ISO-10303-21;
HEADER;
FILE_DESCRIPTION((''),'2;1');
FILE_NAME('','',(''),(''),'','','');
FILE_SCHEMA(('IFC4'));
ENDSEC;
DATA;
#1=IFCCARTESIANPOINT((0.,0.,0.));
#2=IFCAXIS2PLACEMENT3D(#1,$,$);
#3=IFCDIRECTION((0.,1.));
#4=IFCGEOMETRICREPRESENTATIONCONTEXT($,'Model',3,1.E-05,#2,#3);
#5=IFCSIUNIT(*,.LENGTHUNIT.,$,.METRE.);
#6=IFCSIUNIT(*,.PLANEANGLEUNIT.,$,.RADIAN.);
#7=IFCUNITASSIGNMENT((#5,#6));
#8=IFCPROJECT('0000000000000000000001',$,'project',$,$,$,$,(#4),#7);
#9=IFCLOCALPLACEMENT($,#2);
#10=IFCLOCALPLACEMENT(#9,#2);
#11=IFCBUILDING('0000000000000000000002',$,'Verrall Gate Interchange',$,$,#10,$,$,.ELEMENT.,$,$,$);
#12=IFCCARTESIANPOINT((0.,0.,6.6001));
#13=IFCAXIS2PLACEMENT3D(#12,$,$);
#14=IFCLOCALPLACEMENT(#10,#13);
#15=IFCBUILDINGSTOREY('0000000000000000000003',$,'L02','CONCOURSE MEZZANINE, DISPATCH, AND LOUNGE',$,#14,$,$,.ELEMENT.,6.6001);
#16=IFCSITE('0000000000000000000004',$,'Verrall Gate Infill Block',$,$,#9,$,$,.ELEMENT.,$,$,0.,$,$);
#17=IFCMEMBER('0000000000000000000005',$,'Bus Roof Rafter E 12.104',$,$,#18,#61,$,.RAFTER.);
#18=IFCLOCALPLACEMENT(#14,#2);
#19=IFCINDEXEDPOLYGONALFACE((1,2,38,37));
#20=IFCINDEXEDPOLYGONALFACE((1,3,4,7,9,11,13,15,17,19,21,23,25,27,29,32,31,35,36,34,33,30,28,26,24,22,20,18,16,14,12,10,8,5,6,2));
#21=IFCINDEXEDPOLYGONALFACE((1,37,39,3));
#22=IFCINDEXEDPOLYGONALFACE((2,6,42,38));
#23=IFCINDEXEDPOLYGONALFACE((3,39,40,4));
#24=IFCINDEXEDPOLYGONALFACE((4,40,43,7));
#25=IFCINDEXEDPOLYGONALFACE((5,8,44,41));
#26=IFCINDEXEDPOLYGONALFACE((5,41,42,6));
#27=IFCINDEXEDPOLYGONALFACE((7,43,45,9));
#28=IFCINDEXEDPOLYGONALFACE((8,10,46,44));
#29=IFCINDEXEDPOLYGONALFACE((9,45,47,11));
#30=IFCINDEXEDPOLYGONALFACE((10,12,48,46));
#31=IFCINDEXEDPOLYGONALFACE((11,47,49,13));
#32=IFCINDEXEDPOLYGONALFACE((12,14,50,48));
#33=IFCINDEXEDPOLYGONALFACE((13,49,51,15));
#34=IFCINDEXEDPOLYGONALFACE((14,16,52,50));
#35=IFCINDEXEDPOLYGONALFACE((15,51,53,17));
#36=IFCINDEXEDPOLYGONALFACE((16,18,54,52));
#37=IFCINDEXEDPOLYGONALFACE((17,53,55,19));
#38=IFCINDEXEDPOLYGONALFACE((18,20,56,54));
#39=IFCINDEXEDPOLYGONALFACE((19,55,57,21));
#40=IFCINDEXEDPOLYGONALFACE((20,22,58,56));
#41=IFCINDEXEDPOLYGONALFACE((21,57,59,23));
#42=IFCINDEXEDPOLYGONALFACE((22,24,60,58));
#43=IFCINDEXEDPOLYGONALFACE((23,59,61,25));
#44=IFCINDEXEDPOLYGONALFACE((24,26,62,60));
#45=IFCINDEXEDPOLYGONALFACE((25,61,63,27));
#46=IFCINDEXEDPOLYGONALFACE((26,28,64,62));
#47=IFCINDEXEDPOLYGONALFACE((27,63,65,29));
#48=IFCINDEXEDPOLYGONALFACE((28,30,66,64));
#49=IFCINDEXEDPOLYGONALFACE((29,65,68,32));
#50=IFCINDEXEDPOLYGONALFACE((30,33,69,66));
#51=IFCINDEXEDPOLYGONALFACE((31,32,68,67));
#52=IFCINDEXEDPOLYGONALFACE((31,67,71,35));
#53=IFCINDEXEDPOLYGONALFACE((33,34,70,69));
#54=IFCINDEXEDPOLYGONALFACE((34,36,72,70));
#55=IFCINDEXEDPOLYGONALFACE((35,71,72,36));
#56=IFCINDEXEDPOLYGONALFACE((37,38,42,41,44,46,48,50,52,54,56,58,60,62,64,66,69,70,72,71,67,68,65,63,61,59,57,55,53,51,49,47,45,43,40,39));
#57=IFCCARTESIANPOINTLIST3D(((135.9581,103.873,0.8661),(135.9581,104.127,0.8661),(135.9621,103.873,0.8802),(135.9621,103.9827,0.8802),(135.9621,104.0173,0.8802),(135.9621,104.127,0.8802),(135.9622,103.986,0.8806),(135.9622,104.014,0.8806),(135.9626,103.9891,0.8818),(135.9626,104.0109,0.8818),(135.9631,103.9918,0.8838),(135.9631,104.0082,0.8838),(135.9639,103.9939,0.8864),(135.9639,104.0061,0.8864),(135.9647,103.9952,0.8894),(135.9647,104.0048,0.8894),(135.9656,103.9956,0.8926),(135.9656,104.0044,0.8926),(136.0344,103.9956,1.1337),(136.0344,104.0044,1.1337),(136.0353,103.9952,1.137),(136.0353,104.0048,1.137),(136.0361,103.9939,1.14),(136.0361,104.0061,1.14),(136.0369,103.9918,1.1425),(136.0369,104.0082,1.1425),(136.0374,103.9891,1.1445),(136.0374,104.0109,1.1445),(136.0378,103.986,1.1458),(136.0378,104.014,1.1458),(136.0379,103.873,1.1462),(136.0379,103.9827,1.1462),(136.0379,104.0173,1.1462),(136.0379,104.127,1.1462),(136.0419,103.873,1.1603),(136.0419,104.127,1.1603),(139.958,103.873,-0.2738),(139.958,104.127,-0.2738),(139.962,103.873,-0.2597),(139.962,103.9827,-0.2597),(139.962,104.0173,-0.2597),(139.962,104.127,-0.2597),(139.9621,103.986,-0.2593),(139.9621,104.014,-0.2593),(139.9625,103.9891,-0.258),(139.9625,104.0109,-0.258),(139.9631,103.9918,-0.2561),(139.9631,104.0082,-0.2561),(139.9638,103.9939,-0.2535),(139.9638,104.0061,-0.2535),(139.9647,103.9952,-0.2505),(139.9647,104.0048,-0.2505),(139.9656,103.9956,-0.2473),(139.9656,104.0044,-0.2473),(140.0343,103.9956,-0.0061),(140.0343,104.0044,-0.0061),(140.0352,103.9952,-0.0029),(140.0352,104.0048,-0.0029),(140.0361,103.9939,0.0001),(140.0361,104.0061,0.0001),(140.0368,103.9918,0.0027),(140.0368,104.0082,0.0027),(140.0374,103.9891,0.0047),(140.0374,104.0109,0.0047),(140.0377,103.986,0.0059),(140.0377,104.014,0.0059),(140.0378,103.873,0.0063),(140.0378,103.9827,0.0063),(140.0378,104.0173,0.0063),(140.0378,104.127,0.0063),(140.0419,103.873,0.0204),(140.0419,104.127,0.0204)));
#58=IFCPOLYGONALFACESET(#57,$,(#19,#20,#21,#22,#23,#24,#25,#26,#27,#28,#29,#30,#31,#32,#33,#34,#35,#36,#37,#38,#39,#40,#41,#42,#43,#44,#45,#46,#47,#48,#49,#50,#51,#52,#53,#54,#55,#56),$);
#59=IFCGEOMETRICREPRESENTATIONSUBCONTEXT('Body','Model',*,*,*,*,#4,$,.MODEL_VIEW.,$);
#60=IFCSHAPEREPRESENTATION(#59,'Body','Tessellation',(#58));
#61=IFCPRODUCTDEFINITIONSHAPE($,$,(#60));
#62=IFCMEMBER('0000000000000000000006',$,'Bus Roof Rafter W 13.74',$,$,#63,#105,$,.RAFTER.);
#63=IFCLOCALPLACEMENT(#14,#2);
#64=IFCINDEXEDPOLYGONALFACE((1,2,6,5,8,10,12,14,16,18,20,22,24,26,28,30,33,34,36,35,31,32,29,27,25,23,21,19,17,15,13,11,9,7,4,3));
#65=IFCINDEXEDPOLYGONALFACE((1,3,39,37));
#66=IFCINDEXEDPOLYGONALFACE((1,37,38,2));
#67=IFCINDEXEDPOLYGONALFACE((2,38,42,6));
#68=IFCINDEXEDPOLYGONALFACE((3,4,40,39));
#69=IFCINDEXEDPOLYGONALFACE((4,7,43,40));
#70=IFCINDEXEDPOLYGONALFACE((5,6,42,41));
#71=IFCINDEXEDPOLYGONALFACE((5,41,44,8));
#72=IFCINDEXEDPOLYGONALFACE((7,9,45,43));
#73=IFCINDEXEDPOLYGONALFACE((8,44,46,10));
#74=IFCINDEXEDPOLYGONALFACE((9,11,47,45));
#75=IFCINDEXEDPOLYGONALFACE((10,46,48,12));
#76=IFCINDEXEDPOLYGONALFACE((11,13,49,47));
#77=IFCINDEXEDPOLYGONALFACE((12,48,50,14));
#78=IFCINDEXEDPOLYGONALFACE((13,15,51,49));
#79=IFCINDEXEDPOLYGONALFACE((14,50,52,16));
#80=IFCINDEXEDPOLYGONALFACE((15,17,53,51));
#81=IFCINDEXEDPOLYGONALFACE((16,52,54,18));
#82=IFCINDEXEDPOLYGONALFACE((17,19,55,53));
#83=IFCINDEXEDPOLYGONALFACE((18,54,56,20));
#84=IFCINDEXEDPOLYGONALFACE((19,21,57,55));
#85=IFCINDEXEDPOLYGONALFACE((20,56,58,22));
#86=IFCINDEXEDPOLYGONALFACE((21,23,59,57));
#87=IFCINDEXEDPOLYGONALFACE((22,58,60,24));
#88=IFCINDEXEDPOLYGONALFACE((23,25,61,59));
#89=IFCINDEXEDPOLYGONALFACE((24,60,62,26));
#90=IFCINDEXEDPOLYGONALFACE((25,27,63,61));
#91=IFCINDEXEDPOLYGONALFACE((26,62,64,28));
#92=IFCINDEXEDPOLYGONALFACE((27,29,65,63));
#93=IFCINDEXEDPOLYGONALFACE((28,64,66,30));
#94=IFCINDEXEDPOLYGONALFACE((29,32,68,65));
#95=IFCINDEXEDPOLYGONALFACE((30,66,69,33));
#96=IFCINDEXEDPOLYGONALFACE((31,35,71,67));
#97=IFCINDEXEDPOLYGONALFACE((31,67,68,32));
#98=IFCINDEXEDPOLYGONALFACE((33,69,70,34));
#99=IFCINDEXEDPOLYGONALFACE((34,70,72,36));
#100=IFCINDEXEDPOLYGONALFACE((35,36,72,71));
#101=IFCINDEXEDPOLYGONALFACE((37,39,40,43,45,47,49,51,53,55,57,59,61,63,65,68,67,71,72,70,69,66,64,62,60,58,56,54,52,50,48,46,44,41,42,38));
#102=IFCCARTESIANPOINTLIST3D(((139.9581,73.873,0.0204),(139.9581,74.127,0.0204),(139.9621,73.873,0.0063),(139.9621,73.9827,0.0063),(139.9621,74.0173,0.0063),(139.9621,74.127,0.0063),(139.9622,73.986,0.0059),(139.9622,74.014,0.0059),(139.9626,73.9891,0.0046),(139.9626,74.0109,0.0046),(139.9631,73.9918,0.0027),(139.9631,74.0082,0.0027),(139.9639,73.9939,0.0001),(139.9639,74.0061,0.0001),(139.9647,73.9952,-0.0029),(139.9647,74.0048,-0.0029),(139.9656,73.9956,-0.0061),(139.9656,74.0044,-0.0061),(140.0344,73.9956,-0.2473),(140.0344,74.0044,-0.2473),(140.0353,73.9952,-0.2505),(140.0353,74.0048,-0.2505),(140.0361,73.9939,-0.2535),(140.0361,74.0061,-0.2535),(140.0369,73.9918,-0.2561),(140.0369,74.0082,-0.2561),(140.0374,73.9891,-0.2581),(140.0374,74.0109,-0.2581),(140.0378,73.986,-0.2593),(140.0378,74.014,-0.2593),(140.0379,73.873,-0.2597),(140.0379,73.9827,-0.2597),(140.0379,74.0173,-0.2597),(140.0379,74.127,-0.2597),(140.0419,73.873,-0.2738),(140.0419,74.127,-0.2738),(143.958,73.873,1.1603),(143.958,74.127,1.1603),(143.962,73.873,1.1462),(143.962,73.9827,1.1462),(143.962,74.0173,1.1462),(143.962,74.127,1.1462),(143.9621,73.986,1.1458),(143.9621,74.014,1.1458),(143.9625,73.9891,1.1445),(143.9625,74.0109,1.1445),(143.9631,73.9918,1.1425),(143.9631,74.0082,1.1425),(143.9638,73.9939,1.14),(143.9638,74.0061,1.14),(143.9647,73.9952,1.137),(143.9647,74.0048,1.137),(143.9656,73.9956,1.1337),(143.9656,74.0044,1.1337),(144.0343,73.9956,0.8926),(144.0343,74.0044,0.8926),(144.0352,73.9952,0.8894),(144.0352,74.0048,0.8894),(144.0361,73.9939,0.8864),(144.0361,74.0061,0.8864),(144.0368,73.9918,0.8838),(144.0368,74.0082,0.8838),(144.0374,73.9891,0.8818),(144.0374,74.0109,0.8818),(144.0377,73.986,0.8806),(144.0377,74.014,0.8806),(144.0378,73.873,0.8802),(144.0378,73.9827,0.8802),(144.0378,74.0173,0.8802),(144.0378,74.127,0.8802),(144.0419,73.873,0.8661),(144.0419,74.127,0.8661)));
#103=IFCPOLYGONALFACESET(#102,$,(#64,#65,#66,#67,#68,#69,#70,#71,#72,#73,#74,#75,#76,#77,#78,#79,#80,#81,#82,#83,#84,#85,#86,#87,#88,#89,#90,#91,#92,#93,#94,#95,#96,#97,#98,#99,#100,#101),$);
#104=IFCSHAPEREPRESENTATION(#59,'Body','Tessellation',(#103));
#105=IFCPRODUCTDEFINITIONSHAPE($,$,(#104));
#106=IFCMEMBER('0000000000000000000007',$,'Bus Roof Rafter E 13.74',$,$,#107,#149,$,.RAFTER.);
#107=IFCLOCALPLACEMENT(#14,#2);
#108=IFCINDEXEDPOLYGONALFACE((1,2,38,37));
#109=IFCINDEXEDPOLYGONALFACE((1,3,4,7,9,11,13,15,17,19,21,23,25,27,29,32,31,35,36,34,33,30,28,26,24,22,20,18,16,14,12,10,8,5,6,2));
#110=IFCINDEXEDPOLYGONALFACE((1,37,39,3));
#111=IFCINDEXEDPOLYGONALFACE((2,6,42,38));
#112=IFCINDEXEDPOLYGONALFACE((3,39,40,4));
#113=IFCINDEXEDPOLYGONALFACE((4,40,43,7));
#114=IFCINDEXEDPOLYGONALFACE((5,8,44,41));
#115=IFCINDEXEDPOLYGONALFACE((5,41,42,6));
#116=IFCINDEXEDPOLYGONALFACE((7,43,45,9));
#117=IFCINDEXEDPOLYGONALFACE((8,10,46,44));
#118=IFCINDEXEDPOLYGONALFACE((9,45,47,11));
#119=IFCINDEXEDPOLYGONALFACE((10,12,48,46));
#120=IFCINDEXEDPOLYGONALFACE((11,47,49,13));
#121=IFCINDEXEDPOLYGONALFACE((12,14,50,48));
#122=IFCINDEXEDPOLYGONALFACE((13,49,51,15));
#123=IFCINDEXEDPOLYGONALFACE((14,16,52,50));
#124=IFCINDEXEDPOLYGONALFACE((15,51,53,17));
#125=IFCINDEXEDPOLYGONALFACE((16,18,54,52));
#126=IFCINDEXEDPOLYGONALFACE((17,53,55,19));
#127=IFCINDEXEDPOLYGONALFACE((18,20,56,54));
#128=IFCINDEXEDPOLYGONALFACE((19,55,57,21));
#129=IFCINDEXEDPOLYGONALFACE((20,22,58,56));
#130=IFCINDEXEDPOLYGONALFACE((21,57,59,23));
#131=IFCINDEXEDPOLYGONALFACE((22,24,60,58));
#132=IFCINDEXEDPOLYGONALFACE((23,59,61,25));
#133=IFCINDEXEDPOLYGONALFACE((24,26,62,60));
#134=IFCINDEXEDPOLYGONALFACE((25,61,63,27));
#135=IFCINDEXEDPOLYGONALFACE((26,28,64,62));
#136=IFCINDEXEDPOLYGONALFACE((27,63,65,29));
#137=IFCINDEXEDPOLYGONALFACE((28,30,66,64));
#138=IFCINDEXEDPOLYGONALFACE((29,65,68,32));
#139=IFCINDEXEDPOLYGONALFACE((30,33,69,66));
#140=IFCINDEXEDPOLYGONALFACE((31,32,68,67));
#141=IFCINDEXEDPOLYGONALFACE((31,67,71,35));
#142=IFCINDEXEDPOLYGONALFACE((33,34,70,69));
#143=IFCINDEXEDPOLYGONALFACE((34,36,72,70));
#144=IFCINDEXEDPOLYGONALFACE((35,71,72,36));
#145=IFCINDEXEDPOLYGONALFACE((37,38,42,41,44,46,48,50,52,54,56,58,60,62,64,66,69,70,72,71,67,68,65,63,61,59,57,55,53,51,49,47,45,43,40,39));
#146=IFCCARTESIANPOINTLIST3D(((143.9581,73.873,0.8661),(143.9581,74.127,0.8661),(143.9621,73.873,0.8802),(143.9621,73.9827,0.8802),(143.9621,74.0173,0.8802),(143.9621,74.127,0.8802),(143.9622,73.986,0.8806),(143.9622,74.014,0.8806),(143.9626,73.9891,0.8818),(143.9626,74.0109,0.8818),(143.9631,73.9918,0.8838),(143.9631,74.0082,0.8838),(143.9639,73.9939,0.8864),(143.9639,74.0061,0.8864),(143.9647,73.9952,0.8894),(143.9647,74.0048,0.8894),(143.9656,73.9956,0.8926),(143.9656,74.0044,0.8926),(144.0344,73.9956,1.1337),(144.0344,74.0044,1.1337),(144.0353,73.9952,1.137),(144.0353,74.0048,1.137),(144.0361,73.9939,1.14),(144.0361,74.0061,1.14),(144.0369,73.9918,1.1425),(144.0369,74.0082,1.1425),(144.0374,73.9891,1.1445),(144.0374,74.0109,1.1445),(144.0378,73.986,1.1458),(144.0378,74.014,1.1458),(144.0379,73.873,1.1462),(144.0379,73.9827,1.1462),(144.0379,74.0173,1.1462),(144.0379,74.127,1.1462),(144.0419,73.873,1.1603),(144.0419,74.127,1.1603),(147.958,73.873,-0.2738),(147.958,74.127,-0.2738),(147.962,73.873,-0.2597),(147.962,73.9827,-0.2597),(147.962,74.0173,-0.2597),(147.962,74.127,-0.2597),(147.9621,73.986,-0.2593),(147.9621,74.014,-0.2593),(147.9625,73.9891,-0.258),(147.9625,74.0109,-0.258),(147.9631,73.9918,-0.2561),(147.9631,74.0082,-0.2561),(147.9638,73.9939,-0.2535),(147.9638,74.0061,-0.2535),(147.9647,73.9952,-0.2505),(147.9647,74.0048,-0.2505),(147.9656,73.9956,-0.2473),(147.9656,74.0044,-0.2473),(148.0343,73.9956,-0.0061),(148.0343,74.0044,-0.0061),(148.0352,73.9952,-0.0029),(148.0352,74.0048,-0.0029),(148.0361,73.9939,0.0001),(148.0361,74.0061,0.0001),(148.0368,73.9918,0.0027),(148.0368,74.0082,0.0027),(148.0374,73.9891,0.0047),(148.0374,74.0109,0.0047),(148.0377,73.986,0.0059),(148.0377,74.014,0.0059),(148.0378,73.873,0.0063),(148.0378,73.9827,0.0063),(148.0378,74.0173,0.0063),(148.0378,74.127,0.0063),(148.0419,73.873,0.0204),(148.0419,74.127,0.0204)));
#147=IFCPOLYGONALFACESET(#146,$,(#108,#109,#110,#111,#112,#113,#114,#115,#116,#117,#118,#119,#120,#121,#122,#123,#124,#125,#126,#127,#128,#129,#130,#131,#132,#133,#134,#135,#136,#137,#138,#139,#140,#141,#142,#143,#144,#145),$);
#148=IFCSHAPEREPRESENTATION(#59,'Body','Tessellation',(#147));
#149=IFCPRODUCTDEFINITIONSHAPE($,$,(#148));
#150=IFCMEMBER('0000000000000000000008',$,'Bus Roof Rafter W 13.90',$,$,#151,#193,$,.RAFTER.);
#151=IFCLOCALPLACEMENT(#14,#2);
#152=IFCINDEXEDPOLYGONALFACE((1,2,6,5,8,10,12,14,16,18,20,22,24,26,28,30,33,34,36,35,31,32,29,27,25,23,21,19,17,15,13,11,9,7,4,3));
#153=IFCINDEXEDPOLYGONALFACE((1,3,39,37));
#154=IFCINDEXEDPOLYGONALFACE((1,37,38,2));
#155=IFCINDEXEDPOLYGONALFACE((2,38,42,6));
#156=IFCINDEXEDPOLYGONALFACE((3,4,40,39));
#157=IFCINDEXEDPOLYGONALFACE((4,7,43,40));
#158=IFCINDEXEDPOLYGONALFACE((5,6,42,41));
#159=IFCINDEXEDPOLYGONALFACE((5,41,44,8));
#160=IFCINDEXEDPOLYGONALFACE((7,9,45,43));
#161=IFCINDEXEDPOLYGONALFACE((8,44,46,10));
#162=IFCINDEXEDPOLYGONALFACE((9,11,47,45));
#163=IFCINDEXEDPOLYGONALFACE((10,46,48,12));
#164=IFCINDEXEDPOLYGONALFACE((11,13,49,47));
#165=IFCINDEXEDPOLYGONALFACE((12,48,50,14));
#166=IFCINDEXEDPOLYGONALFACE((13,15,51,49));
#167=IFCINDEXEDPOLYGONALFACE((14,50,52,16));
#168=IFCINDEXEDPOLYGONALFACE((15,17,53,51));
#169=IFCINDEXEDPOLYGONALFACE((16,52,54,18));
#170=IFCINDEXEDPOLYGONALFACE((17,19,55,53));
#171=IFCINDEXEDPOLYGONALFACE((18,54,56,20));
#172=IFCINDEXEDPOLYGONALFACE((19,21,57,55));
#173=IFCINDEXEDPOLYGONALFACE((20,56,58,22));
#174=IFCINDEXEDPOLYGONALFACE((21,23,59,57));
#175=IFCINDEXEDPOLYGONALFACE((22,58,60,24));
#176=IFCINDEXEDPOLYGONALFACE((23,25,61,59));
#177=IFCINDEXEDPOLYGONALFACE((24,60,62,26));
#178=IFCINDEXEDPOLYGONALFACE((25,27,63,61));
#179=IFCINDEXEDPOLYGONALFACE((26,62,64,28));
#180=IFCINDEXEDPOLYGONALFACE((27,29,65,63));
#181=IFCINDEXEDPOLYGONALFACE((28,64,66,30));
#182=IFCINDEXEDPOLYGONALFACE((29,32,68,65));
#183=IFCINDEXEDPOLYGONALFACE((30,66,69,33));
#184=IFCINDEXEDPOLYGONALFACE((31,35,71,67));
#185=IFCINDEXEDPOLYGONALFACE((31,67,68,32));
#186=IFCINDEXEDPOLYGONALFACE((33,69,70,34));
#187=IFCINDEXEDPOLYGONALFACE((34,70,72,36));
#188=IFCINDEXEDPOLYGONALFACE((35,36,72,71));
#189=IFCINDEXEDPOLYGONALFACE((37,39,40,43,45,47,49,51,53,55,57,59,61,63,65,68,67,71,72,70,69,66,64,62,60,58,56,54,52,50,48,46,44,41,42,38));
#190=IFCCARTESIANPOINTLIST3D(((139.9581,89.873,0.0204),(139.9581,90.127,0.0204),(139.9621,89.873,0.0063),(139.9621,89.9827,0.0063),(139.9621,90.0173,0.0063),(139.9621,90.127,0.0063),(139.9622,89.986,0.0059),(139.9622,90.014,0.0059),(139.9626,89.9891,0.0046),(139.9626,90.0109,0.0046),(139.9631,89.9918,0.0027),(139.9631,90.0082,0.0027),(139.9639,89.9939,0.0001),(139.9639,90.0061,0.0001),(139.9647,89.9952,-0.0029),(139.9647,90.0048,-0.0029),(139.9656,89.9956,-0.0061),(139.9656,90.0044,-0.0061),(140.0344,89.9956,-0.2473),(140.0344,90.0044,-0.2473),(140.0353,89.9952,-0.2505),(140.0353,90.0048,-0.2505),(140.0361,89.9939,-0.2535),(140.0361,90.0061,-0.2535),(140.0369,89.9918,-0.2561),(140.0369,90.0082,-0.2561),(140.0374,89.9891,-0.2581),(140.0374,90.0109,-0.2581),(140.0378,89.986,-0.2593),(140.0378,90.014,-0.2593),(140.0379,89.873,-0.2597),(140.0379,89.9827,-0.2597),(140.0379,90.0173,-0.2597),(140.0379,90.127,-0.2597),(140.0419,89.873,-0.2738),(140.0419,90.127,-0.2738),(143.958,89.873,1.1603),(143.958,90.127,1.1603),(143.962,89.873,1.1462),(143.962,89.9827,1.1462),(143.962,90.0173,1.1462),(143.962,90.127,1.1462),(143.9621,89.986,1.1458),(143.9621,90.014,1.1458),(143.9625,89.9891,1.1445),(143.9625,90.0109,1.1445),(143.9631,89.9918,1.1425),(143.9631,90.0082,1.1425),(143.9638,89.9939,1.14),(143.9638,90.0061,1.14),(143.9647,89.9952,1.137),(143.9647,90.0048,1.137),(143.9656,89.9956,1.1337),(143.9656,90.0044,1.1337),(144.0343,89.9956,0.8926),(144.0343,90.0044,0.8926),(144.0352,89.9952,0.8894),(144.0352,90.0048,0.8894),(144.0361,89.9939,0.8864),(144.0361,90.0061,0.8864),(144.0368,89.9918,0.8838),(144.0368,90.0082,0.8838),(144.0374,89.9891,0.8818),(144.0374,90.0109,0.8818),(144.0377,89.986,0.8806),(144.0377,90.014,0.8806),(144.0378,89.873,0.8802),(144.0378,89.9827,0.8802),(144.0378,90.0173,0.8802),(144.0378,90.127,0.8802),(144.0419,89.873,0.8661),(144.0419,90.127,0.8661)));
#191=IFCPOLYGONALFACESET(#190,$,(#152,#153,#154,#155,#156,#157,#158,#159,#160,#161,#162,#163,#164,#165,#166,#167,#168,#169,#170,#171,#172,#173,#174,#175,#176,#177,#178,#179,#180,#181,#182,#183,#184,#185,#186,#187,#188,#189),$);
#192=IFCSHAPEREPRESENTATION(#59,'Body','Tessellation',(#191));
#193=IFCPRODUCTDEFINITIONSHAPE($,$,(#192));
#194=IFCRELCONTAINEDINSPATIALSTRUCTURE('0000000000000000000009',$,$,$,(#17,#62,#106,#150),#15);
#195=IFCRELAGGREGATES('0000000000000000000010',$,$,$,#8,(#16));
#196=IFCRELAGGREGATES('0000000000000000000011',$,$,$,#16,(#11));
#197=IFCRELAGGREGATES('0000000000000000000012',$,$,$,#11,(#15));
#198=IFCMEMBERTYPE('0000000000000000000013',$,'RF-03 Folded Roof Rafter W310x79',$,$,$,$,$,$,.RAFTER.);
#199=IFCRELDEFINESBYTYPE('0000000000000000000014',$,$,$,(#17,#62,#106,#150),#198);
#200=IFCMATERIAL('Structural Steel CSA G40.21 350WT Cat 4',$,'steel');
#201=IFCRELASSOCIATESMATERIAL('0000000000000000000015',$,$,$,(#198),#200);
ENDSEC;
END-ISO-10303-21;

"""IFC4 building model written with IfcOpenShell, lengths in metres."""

from ifc_helpers import new_model, si_unit, direction, frame, origin, origin_2d, place, context, subcontext, project, spatial, i_section, extrude, material, material_profile, profile_set, type_object, element, save


model = new_model("IFC4")

# Units and contexts
model_context = context("Model", 3, precision=1e-05, world=origin(), true_north=direction((0.0, 1.0)))
body_context = subcontext(model_context, "Body", "Model", "MODEL_VIEW")
ifc_project = project(units=[si_unit("LENGTHUNIT", "METRE"), si_unit("PLANEANGLEUNIT", "RADIAN")], contexts=[model_context])

# Site, building, storey
site_placement = place(None, origin())
site = spatial("IfcSite", under=ifc_project, at=site_placement, Name="Verrall Gate Infill Block", CompositionType="ELEMENT", RefElevation=0.0)
building_placement = place(site_placement, origin())
building = spatial("IfcBuilding", under=site, at=building_placement, Name="Verrall Gate Interchange", CompositionType="ELEMENT")
storey_placement = place(building_placement, frame((0.0, 0.0, 6.6001)))
storey = spatial("IfcBuildingStorey", under=building, at=storey_placement, Name="L02", Description="CONCOURSE MEZZANINE, DISPATCH, AND LOUNGE", CompositionType="ELEMENT", Elevation=6.6001)

# Members
ifc_material_1 = material(Name="Structural Steel CSA G40.21 350WT Cat 4", Category="steel")
ifc_material_profile_1 = material_profile(ifc_material_1, i_section(OverallWidth=0.2539, OverallDepth=0.3059, WebThickness=0.0088, FlangeThickness=0.0146, FilletRadius=0.0129, at=origin_2d()), Name="W310x79")
ifc_profile_set_1 = profile_set([ifc_material_profile_1], Name="Structural Steel CSA G40.21 350WT Cat 4")
member_type_1 = type_object("IfcMemberType", Name="RF-03 Folded Roof Rafter W310x79", PredefinedType="RAFTER", material=ifc_profile_set_1)
for number, where, z_axis, x_axis, name in (
    (1, (136.0, 104.0, 1.0132), (0.961712, 0.0, -0.274062), (0.0, 1.0, 0.0), "Bus Roof Rafter E 12.104"),
    (2, (140.0, 74.0, -0.1267), (0.961712, 0.0, 0.274062), (0.0, 1.0, 0.0), "Bus Roof Rafter W 13.74"),
    (3, (144.0, 74.0, 1.0132), (0.961712, 0.0, -0.274062), (0.0, 1.0, 0.0), "Bus Roof Rafter E 13.74"),
    (4, (140.0, 90.0, -0.1267), (0.961712, 0.0, 0.274062), (0.0, 1.0, 0.0), "Bus Roof Rafter W 13.90"),
):
    element("IfcMember", number, at=place(storey_placement, frame(where, z_axis=z_axis, x_axis=x_axis)), inside=storey, type_object=member_type_1, Name=name, PredefinedType="RAFTER", context=body_context, shape_type="SweptSolid", body=[
        extrude(i_section(OverallWidth=0.2539, OverallDepth=0.3059, WebThickness=0.0088, FlangeThickness=0.0146, FilletRadius=0.0129, at=origin_2d()), origin(), (0.0, 0.0, 1.0), 4.1592),
    ])

save(model, "model.ifc")
